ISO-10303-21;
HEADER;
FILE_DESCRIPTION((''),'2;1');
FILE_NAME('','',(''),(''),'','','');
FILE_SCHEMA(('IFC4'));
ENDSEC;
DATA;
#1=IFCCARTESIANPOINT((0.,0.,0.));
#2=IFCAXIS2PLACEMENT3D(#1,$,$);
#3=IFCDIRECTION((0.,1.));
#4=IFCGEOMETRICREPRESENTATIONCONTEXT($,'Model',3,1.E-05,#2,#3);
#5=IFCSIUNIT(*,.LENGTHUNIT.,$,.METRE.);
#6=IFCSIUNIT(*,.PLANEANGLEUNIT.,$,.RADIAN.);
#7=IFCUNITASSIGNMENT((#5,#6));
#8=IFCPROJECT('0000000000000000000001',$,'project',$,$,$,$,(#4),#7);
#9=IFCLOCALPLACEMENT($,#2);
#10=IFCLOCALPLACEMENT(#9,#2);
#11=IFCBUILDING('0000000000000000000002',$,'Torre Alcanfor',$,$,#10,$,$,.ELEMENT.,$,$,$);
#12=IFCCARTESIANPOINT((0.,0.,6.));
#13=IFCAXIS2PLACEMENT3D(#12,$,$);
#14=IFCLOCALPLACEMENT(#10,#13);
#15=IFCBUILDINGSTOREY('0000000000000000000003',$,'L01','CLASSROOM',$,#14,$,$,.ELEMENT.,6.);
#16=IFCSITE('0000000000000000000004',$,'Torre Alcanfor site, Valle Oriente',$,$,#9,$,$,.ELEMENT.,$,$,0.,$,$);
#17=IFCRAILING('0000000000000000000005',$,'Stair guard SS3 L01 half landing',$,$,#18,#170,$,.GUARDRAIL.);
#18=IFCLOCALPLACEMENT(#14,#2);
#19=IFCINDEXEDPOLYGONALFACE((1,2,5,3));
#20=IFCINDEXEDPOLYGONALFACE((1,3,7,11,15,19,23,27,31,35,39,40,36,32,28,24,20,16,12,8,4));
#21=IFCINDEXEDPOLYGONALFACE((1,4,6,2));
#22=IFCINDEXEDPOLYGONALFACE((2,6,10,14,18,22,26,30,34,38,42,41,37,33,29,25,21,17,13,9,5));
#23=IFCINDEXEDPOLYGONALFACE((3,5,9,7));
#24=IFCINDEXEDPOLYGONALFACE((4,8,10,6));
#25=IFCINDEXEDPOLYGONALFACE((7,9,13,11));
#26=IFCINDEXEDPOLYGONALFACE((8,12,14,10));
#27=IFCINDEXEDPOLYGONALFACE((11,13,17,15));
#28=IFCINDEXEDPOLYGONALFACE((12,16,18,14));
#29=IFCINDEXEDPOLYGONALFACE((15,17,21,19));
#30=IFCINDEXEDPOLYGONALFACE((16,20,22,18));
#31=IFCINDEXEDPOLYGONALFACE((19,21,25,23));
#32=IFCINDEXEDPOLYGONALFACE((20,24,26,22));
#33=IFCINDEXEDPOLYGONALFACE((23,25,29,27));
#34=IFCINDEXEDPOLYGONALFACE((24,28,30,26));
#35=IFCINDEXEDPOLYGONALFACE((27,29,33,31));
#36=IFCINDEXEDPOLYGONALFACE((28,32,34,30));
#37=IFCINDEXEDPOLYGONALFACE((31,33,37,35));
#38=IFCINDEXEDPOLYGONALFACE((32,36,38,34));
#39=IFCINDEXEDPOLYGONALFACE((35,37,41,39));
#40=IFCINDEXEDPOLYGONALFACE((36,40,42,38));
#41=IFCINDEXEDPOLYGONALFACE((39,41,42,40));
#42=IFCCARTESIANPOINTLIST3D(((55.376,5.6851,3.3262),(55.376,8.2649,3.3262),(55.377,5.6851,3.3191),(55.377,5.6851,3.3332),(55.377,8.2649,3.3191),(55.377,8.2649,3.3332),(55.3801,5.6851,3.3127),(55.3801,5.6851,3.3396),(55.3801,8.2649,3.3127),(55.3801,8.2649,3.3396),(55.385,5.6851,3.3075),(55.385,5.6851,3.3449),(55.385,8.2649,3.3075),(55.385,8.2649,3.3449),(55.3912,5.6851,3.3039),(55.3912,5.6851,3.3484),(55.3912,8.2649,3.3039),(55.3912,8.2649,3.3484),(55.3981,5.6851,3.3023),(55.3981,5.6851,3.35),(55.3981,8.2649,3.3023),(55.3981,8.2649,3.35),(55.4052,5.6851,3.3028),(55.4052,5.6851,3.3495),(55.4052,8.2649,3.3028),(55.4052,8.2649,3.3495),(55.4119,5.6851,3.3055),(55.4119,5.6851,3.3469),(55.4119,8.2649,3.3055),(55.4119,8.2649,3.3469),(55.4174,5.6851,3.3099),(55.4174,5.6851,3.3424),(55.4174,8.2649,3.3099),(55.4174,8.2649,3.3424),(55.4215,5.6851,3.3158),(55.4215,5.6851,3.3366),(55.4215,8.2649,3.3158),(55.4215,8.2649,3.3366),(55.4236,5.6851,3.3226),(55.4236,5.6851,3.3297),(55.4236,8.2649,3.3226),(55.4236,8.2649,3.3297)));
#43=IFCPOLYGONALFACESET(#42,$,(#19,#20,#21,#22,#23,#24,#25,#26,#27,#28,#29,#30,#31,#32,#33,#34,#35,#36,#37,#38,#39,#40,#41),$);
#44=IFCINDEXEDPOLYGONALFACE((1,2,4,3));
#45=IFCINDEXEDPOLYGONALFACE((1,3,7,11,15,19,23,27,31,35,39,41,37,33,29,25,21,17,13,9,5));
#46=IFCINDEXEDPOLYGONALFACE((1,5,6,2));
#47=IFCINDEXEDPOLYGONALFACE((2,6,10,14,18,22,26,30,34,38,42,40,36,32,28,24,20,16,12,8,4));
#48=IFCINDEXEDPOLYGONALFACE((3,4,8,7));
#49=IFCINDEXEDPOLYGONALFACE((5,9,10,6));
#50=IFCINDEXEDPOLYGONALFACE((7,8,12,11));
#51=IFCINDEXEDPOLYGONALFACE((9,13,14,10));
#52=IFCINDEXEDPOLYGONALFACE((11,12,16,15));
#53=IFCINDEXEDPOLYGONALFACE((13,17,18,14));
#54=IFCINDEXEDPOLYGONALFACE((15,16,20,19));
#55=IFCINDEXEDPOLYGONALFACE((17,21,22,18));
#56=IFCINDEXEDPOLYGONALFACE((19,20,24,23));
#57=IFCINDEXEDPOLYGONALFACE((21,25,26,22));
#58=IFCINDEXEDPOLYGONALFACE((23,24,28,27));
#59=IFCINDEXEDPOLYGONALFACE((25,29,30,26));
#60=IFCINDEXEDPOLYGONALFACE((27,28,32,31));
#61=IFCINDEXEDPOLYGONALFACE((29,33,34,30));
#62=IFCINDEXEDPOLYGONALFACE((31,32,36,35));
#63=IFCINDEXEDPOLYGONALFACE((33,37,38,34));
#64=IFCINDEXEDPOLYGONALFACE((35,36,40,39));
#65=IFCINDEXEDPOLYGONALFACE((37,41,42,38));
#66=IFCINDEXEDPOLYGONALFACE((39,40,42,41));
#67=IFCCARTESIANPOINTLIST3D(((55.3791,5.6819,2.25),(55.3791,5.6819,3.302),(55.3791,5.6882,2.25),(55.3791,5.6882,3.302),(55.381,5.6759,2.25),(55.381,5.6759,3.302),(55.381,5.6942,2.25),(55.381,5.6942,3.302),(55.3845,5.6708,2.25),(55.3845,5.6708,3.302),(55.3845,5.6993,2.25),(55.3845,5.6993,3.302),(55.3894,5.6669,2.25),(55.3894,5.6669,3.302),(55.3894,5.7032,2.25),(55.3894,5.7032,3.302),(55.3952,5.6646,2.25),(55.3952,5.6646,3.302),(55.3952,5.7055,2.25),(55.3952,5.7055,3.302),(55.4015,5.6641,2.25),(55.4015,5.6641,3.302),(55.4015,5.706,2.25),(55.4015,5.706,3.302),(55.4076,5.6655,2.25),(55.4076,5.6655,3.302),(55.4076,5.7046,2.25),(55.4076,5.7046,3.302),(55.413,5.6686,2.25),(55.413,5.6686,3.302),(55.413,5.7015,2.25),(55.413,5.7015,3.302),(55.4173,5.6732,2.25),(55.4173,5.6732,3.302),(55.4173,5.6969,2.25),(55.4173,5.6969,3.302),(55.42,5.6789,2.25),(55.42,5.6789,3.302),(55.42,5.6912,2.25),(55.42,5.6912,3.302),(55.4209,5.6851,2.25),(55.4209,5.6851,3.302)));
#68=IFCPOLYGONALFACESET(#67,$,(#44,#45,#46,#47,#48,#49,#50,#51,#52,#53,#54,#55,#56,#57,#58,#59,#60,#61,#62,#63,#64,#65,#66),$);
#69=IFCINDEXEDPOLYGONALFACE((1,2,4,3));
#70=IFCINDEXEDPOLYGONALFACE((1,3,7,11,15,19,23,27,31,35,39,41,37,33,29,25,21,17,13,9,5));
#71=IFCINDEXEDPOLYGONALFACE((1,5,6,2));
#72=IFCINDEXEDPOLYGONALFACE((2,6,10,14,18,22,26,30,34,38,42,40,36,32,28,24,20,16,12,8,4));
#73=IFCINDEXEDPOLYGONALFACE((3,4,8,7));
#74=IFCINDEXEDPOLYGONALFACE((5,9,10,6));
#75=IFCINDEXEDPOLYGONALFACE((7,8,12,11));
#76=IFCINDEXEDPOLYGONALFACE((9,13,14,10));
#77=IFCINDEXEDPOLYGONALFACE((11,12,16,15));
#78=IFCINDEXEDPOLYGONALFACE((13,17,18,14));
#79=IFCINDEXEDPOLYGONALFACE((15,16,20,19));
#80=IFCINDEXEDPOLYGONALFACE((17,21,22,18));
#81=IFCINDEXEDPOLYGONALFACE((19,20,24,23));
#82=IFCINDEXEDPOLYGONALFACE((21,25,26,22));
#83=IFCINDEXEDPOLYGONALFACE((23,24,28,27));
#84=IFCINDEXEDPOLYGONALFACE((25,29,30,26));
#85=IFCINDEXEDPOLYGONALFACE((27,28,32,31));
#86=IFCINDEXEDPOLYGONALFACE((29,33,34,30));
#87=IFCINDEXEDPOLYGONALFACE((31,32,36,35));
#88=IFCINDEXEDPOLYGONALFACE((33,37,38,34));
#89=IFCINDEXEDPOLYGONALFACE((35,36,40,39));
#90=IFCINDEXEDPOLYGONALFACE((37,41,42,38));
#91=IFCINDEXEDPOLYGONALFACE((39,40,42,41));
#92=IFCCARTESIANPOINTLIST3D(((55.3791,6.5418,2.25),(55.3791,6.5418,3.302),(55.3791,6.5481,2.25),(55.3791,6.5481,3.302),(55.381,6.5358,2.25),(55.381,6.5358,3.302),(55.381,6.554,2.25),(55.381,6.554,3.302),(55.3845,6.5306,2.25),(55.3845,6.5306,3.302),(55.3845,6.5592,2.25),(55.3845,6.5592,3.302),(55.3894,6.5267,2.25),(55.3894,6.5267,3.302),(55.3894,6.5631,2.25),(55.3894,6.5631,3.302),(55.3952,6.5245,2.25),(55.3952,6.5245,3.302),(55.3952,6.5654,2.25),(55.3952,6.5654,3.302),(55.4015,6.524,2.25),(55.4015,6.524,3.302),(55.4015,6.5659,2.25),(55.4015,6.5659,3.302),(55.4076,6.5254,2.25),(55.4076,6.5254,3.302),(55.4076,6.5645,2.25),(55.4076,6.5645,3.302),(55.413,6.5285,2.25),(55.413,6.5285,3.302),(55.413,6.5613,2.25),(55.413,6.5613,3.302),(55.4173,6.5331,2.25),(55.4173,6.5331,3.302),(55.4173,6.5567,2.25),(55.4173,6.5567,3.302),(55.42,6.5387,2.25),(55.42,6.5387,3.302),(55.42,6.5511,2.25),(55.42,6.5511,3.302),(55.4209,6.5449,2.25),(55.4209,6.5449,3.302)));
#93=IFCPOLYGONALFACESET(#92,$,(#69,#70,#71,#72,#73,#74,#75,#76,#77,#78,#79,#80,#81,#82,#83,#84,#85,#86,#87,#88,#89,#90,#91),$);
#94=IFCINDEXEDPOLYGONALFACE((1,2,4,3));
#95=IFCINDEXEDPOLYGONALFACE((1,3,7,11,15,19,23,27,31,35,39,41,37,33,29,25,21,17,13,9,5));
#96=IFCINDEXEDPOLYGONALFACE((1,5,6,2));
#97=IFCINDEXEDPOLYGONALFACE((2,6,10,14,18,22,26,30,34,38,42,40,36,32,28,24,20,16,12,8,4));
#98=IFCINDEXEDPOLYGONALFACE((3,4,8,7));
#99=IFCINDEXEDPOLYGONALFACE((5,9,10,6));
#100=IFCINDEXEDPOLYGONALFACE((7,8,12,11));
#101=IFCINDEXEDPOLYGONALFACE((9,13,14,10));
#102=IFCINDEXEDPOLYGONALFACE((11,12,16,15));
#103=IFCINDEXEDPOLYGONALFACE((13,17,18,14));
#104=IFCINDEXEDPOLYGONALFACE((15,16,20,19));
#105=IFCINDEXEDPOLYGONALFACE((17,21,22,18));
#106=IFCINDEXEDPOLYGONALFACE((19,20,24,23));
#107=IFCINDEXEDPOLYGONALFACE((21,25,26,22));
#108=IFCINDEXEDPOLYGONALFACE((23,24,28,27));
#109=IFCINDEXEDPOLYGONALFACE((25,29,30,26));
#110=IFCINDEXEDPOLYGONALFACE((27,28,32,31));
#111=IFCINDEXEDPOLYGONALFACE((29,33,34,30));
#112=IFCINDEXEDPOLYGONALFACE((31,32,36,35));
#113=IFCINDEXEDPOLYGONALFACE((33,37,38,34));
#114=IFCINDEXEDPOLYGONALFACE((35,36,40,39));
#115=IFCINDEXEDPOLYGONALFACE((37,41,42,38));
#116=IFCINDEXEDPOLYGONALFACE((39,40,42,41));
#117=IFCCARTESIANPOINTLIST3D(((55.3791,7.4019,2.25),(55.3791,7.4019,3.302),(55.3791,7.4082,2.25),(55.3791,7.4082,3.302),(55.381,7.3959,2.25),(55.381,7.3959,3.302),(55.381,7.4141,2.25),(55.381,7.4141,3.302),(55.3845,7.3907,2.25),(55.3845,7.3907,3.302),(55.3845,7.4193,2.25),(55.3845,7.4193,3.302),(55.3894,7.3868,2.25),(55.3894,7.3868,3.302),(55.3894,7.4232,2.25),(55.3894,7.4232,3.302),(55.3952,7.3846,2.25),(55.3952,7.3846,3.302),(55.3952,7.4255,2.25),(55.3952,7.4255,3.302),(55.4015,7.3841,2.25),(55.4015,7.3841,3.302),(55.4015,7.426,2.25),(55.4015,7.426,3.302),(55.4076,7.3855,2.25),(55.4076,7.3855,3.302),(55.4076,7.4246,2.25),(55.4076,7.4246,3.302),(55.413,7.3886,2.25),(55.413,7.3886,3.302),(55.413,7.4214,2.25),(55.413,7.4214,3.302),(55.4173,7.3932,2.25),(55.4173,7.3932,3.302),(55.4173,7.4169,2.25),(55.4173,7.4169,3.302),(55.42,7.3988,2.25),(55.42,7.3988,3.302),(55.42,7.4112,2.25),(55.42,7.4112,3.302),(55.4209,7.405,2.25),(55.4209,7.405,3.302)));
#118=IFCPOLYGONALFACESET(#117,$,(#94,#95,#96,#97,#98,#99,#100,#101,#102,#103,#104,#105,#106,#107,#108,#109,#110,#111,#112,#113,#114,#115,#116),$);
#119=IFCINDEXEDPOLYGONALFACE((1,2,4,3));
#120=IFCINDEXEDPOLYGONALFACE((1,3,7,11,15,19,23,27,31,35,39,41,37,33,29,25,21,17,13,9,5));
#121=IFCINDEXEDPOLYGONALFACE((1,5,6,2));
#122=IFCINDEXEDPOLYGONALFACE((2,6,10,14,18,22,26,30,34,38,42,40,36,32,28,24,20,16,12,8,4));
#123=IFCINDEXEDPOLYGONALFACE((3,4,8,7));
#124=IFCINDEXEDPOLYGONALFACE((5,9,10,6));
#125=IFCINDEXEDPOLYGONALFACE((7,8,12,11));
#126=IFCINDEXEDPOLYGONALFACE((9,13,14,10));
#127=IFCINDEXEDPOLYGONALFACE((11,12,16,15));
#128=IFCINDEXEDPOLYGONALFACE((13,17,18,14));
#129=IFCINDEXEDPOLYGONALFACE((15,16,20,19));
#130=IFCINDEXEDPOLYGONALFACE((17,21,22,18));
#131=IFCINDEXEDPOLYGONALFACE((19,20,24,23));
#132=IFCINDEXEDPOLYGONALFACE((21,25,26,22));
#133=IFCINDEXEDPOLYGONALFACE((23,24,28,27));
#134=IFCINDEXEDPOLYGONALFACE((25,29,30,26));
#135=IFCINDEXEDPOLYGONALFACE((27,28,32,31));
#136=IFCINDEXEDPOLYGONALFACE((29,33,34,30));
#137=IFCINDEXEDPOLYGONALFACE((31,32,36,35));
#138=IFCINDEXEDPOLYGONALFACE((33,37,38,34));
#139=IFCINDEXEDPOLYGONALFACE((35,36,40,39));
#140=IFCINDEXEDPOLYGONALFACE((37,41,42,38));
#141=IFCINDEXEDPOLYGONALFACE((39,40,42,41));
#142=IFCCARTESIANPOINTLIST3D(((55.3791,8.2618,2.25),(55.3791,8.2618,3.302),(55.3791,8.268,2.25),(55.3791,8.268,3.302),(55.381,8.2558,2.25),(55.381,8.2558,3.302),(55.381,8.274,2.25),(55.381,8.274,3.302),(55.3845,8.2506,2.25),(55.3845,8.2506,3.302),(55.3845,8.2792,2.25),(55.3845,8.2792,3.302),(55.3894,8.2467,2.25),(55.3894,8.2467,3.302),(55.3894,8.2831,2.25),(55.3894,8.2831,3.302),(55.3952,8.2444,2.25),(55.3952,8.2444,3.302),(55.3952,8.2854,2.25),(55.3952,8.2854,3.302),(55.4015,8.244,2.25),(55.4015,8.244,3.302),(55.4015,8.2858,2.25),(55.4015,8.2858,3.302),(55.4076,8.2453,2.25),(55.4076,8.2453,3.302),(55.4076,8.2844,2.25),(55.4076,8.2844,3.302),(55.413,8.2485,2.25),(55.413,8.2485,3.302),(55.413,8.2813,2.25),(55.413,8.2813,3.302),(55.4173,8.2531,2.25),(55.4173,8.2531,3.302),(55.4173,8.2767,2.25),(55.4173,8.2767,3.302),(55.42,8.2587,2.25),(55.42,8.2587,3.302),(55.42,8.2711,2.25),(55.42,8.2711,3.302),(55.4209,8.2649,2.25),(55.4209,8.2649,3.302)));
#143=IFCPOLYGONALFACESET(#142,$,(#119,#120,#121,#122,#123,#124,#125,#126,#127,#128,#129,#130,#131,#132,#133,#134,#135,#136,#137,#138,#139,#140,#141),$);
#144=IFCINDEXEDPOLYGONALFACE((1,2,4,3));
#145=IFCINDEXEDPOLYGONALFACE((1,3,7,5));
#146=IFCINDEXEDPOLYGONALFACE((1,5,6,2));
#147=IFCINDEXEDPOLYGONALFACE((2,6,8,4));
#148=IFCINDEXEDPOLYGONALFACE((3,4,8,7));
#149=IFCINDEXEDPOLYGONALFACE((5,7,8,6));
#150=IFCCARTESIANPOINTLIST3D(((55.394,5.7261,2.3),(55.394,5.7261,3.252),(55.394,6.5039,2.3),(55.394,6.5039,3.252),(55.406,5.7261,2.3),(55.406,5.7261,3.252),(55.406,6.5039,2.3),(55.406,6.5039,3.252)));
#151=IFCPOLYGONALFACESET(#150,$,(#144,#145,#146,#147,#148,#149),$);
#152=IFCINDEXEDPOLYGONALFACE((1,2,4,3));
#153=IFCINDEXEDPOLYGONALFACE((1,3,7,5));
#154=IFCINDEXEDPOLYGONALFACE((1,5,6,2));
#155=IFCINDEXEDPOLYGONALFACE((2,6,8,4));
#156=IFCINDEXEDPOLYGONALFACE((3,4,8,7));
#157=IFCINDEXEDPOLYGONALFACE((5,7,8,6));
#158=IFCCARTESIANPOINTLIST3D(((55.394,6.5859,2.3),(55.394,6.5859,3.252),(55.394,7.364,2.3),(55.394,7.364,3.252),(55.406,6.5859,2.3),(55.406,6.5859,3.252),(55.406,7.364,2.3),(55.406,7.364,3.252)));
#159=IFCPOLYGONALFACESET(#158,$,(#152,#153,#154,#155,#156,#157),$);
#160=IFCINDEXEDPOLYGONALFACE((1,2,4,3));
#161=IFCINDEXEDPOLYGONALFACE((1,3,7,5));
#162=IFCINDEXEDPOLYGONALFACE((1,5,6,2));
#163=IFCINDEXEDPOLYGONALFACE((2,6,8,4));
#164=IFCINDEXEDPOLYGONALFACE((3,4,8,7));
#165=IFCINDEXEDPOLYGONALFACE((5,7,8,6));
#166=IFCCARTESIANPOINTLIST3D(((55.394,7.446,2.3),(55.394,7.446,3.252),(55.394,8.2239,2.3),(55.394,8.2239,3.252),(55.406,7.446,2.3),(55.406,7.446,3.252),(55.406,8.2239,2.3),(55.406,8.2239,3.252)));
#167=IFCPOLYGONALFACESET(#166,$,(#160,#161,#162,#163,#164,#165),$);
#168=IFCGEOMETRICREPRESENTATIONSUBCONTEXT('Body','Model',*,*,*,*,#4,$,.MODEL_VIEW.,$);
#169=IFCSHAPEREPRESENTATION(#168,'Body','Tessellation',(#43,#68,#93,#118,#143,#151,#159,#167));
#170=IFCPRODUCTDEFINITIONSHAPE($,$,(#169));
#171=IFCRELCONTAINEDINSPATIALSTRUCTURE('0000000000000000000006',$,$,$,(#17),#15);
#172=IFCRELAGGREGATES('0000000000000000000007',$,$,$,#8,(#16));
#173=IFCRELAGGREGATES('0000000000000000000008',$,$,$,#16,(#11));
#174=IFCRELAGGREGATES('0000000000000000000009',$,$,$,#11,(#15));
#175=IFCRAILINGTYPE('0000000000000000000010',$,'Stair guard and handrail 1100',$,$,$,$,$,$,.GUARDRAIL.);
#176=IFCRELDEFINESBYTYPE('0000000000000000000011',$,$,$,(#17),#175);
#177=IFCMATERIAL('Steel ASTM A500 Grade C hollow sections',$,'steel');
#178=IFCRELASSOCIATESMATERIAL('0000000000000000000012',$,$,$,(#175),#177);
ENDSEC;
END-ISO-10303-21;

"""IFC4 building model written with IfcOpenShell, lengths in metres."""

from ifc_helpers import new_model, si_unit, direction, frame, origin, origin_2d, place, context, subcontext, project, spatial, polyline, circle, outline, extrude, material, type_object, element, save


model = new_model("IFC4")

# Units and contexts
model_context = context("Model", 3, precision=1e-05, world=origin(), true_north=direction((0.0, 1.0)))
body_context = subcontext(model_context, "Body", "Model", "MODEL_VIEW")
ifc_project = project(units=[si_unit("LENGTHUNIT", "METRE"), si_unit("PLANEANGLEUNIT", "RADIAN")], contexts=[model_context])

# Site, building, storey
site_placement = place(None, origin())
site = spatial("IfcSite", under=ifc_project, at=site_placement, Name="Torre Alcanfor site, Valle Oriente", CompositionType="ELEMENT", RefElevation=0.0)
building_placement = place(site_placement, origin())
building = spatial("IfcBuilding", under=site, at=building_placement, Name="Torre Alcanfor", CompositionType="ELEMENT")
storey_placement = place(building_placement, frame((0.0, 0.0, 6.0)))
storey = spatial("IfcBuildingStorey", under=building, at=storey_placement, Name="L01", Description="CLASSROOM", CompositionType="ELEMENT", Elevation=6.0)

# Railing
ifc_material_1 = material(Name="Steel ASTM A500 Grade C hollow sections", Category="steel")
railing_type_1 = type_object("IfcRailingType", Name="Stair guard and handrail 1100", PredefinedType="GUARDRAIL", material=ifc_material_1)
railing_1_placement = place(storey_placement, frame((55.3999, 5.6851, 2.25)))
element("IfcRailing", 1, at=railing_1_placement, inside=storey, type_object=railing_type_1, Name="Stair guard SS3 L01 half landing", PredefinedType="GUARDRAIL", context=body_context, shape_type="SweptSolid", body=[
    extrude(circle(Radius=0.0239, at=origin_2d()), frame((0.0, 0.0, 1.0762), z_axis=(0.0, 1.0, 0.0), x_axis=(-1.0, 0.0, 0.0)), (0.0, 0.0, 1.0), 2.5798),
    extrude(circle(Radius=0.021, at=origin_2d()), origin(), (0.0, 0.0, 1.0), 1.052),
    extrude(circle(Radius=0.021, at=origin_2d()), frame((0.0, 0.8599, 0.0)), (0.0, 0.0, 1.0), 1.052),
    extrude(circle(Radius=0.021, at=origin_2d()), frame((0.0, 1.72, 0.0)), (0.0, 0.0, 1.0), 1.052),
    extrude(circle(Radius=0.021, at=origin_2d()), frame((0.0, 2.5798, 0.0)), (0.0, 0.0, 1.0), 1.052),
    extrude(outline(polyline([(0.041, 0.05), (0.8188, 0.05), (0.8188, 1.002), (0.041, 1.002), (0.041, 0.05)])), frame((-0.0059, 0.0, 0.0), z_axis=(1.0, 0.0, 0.0), x_axis=(0.0, 1.0, 0.0)), (0.0, 0.0, 1.0), 0.012),
    extrude(outline(polyline([(0.9009, 0.05), (1.679, 0.05), (1.679, 1.002), (0.9009, 1.002), (0.9009, 0.05)])), frame((-0.0059, 0.0, 0.0), z_axis=(1.0, 0.0, 0.0), x_axis=(0.0, 1.0, 0.0)), (0.0, 0.0, 1.0), 0.012),
    extrude(outline(polyline([(1.761, 0.05), (2.5388, 0.05), (2.5388, 1.002), (1.761, 1.002), (1.761, 0.05)])), frame((-0.0059, 0.0, 0.0), z_axis=(1.0, 0.0, 0.0), x_axis=(0.0, 1.0, 0.0)), (0.0, 0.0, 1.0), 0.012),
])

save(model, "model.ifc")
